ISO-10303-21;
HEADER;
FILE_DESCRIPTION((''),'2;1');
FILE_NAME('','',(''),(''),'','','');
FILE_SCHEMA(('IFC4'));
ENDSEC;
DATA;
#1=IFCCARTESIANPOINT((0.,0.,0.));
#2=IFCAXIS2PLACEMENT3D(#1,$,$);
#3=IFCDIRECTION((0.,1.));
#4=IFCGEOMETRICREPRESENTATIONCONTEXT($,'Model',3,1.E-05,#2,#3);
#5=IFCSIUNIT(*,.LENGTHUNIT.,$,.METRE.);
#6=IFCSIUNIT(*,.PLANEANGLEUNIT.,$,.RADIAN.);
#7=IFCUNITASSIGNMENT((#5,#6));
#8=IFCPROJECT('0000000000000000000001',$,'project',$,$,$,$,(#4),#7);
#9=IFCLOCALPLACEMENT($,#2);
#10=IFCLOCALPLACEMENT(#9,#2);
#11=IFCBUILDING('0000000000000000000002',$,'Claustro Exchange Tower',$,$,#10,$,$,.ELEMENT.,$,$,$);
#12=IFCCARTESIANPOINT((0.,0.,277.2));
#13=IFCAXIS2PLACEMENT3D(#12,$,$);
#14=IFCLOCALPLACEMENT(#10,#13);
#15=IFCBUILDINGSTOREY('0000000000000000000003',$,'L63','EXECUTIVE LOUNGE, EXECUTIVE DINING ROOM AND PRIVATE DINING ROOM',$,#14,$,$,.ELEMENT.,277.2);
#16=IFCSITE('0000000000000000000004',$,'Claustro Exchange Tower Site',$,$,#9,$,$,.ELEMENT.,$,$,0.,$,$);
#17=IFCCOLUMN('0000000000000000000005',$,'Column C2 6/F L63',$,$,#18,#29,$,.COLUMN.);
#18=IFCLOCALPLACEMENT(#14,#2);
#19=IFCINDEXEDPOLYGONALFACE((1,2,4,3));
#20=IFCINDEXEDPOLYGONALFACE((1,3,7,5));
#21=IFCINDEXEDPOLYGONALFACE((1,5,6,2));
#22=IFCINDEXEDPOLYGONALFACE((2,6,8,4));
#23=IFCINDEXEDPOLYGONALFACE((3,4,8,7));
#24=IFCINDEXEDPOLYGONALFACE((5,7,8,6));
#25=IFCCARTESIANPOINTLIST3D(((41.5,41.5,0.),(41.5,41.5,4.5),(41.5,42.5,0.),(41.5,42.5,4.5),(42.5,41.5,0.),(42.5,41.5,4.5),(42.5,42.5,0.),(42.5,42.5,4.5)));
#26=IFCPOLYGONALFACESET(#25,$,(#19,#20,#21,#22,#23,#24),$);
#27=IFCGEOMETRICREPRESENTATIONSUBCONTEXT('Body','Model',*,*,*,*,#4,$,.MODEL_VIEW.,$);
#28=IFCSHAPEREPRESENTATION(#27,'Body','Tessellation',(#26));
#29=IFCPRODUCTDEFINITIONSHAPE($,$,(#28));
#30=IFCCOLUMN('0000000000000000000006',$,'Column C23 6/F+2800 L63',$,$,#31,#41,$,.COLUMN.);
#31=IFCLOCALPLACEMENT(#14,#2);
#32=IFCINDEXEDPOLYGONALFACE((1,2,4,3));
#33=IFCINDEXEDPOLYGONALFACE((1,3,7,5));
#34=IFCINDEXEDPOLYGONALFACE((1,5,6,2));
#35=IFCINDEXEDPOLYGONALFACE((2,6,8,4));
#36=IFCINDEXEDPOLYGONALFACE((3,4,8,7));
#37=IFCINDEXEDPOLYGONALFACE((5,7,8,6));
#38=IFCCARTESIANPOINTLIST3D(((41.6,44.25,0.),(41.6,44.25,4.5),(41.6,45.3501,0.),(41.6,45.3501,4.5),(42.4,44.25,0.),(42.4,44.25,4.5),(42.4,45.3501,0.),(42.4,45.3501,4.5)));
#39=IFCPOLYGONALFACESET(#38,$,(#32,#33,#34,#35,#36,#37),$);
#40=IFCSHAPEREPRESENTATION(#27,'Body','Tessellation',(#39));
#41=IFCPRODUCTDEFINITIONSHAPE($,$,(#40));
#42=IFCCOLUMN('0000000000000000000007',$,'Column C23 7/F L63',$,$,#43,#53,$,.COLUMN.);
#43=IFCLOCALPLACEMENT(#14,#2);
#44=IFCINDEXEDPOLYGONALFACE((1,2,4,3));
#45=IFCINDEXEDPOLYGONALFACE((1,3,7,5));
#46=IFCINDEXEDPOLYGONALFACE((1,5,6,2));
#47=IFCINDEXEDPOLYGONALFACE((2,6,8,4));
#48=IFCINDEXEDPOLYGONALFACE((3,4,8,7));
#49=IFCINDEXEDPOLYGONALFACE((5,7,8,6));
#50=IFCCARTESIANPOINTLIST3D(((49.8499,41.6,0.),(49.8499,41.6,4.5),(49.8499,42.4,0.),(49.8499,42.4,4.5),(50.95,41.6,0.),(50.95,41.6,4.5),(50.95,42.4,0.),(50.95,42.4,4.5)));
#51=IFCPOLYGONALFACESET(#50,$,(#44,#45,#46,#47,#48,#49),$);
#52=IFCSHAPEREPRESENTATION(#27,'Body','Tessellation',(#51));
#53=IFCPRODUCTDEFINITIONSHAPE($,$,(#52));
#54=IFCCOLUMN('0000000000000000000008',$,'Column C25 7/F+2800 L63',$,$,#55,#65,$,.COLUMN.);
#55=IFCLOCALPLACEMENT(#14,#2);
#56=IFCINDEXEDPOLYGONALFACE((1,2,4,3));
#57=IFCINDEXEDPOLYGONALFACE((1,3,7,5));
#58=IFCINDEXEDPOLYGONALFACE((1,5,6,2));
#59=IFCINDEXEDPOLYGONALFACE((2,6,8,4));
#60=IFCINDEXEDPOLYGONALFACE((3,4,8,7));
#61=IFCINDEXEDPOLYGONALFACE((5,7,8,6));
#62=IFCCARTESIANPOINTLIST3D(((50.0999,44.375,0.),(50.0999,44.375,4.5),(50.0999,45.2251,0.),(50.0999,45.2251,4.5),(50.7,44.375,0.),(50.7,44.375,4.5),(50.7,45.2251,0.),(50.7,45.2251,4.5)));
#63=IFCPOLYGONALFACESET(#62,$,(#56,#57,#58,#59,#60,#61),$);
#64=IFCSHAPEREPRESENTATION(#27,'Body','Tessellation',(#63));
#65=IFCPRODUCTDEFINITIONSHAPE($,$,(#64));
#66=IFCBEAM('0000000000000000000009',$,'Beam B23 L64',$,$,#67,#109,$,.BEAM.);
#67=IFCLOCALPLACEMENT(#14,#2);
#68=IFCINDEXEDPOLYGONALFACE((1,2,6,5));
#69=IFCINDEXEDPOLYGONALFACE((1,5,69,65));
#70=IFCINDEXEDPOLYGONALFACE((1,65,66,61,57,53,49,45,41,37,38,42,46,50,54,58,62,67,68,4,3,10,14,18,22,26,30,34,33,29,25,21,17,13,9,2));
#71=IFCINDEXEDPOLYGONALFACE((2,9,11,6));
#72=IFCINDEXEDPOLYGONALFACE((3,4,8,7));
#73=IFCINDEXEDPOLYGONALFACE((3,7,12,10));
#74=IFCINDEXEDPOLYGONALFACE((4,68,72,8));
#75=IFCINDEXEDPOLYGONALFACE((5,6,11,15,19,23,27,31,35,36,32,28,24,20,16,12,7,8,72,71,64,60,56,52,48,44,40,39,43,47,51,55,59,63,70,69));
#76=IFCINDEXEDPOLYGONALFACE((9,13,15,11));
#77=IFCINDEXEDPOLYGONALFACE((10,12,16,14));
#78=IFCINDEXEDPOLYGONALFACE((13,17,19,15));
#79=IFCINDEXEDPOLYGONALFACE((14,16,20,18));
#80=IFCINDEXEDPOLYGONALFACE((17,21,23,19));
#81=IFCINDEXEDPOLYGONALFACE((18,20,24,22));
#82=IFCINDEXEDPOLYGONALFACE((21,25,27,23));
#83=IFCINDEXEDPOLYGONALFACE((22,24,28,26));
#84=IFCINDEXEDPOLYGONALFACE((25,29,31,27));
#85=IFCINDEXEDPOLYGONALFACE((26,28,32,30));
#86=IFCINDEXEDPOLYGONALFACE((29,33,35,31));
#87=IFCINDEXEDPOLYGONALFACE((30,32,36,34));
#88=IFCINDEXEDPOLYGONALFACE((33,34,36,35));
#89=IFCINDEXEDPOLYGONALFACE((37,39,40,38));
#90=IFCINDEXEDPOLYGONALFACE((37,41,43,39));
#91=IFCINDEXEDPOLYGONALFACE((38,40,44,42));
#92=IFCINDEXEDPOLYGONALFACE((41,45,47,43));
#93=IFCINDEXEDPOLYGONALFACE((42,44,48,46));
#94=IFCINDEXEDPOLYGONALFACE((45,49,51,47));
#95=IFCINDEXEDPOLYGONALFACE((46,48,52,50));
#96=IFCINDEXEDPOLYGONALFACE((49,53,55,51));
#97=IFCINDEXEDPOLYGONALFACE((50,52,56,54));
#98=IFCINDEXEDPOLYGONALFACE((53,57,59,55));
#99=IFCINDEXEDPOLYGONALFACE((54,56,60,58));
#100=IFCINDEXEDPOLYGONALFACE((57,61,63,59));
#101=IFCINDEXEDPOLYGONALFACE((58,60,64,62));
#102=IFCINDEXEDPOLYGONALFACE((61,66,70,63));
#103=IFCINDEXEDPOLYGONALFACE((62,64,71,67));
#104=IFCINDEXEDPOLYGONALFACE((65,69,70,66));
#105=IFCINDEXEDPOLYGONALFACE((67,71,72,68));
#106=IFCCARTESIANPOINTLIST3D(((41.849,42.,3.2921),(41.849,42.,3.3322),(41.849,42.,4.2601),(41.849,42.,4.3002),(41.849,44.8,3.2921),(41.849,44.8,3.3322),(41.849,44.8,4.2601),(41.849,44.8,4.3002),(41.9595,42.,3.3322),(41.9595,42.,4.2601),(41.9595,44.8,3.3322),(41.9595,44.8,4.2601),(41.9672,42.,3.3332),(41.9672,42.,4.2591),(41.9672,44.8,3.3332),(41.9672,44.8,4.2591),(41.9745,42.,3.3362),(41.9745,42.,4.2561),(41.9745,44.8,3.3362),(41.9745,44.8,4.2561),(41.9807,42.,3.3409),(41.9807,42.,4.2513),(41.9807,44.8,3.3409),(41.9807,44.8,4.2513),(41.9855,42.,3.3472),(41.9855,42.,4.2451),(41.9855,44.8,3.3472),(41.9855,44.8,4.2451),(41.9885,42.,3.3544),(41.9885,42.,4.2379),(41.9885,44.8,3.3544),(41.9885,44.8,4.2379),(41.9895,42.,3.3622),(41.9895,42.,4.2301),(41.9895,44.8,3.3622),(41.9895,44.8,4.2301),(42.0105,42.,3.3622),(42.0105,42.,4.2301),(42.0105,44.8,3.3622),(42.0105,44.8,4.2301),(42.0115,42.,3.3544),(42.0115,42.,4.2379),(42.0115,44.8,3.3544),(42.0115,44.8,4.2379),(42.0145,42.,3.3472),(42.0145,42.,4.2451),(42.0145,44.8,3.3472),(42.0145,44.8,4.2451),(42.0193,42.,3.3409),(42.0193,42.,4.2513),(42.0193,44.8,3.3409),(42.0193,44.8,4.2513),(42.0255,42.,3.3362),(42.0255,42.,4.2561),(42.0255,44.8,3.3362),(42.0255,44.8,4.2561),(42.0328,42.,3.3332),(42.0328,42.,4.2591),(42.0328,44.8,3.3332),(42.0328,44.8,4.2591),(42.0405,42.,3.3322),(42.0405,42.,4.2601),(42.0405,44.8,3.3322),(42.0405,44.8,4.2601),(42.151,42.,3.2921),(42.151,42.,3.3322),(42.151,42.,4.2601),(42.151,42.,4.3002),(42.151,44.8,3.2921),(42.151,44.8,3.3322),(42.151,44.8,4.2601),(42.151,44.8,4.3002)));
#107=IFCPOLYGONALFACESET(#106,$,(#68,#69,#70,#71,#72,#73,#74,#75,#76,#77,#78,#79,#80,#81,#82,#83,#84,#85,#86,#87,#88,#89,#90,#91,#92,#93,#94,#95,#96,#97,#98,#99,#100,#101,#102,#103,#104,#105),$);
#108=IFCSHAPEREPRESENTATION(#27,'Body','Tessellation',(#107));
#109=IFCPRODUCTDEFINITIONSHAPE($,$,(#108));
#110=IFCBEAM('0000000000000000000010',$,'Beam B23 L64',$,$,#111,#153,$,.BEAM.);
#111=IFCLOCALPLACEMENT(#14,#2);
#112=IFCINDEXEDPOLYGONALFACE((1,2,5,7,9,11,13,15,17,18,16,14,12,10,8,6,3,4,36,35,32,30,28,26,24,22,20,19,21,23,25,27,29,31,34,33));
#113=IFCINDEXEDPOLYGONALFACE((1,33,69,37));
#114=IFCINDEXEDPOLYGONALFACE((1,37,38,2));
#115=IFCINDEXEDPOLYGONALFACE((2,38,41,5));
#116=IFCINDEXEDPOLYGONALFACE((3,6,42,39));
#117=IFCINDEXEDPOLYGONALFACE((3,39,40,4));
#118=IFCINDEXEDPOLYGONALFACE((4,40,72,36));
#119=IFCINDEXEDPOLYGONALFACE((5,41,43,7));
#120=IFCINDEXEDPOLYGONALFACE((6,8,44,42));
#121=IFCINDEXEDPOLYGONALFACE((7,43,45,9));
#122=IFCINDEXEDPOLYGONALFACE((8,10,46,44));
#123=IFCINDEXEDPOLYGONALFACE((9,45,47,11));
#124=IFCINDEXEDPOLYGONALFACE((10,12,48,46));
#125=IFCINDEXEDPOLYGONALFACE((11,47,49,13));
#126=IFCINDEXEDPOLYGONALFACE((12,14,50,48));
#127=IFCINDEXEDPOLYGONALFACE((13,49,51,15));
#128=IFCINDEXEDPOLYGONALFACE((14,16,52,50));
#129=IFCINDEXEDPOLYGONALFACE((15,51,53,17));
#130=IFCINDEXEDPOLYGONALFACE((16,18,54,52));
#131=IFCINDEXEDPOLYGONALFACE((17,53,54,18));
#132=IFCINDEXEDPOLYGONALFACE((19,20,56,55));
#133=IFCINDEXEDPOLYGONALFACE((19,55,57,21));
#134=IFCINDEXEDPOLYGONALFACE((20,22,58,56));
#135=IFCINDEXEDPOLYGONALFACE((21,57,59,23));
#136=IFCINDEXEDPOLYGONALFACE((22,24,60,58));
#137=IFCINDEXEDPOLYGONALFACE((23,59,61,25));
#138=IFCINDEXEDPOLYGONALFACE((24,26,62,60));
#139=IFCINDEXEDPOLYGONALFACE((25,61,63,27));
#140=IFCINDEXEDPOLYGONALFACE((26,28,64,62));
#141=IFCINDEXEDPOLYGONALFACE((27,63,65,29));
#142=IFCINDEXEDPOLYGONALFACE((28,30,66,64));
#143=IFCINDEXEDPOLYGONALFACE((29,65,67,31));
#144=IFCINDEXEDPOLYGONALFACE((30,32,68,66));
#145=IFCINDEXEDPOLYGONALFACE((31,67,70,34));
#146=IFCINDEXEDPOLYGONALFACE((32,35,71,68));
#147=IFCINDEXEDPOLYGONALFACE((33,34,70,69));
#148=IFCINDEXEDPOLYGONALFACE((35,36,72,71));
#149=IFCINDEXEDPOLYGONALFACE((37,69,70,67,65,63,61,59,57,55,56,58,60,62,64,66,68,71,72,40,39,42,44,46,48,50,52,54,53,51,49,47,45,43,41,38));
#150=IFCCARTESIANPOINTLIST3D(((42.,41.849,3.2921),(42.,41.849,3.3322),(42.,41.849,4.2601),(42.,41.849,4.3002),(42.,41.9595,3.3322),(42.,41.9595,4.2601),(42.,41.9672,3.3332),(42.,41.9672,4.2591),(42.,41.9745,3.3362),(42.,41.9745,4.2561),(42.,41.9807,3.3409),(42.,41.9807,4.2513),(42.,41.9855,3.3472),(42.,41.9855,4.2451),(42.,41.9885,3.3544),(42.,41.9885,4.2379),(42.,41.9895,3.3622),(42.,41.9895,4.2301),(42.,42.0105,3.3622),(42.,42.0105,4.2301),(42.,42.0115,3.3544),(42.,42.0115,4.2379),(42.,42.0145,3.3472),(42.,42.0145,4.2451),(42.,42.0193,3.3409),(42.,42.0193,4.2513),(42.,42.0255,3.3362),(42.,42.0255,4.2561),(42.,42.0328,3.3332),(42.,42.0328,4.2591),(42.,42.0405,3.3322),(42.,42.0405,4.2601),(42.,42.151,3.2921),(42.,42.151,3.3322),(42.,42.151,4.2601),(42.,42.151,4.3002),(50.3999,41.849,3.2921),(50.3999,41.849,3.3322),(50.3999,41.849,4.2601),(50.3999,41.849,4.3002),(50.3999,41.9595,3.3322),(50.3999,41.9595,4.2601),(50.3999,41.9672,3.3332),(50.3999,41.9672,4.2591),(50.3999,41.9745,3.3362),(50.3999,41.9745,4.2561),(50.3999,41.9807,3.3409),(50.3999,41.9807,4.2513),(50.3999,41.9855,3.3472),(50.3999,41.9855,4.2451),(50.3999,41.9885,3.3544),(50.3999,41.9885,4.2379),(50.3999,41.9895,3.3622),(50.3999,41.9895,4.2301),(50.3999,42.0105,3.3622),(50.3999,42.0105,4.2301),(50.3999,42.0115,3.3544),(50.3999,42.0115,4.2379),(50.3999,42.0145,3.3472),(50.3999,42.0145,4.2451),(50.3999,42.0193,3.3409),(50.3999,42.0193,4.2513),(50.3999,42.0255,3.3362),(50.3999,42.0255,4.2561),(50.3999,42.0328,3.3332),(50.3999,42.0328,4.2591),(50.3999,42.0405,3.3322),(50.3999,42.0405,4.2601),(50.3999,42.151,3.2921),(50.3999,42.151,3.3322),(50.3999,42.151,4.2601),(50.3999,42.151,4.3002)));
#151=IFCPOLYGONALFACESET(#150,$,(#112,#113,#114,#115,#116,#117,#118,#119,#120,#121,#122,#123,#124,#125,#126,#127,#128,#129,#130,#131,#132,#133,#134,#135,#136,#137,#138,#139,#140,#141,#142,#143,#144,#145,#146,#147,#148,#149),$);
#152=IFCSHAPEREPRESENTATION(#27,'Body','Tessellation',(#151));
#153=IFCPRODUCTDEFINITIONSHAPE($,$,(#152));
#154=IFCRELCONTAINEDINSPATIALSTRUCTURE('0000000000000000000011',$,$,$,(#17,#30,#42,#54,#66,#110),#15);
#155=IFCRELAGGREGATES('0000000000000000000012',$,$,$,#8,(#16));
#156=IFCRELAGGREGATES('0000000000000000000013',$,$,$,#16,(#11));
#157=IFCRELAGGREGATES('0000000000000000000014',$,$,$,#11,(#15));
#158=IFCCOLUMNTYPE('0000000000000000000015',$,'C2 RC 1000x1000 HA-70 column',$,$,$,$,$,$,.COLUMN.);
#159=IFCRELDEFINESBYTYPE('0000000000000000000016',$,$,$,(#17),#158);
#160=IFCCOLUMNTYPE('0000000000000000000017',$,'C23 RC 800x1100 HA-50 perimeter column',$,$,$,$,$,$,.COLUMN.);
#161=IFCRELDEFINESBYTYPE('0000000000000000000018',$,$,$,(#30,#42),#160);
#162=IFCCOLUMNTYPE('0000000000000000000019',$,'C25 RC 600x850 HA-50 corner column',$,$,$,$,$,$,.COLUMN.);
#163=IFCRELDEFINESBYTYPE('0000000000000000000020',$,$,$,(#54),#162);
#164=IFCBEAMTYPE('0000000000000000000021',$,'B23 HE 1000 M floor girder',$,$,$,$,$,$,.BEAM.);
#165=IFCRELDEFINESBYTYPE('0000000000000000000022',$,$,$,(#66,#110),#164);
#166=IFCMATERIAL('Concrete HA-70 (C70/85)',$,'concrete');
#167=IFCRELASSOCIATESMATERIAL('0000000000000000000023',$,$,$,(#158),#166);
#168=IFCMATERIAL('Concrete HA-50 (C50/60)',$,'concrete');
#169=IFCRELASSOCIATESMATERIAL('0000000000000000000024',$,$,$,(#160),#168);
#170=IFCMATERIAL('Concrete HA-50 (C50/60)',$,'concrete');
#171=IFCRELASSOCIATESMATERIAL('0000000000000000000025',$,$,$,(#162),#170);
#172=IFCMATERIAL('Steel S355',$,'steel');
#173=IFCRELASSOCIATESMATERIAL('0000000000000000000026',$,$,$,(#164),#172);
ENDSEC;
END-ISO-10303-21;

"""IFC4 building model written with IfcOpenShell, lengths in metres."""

from ifc_helpers import new_model, si_unit, direction, frame, origin, origin_2d, place, context, subcontext, project, spatial, rectangle, i_section, extrude, material, material_profile, profile_set, type_object, element, save


model = new_model("IFC4")

# Units and contexts
model_context = context("Model", 3, precision=1e-05, world=origin(), true_north=direction((0.0, 1.0)))
body_context = subcontext(model_context, "Body", "Model", "MODEL_VIEW")
ifc_project = project(units=[si_unit("LENGTHUNIT", "METRE"), si_unit("PLANEANGLEUNIT", "RADIAN")], contexts=[model_context])

# Site, building, storey
site_placement = place(None, origin())
site = spatial("IfcSite", under=ifc_project, at=site_placement, Name="Claustro Exchange Tower Site", CompositionType="ELEMENT", RefElevation=0.0)
building_placement = place(site_placement, origin())
building = spatial("IfcBuilding", under=site, at=building_placement, Name="Claustro Exchange Tower", CompositionType="ELEMENT")
storey_placement = place(building_placement, frame((0.0, 0.0, 277.2)))
storey = spatial("IfcBuildingStorey", under=building, at=storey_placement, Name="L63", Description="EXECUTIVE LOUNGE, EXECUTIVE DINING ROOM AND PRIVATE DINING ROOM", CompositionType="ELEMENT", Elevation=277.2)

# Columns
ifc_material_1 = material(Name="Concrete HA-70 (C70/85)", Category="concrete")
ifc_material_profile_1 = material_profile(ifc_material_1, rectangle(XDim=1.0, YDim=1.0, at=origin_2d()), Name="RC 1000x1000")
ifc_profile_set_1 = profile_set([ifc_material_profile_1], Name="Concrete HA-70 (C70/85)")
column_type_1 = type_object("IfcColumnType", Name="C2 RC 1000x1000 HA-70 column", PredefinedType="COLUMN", material=ifc_profile_set_1)
column_1_placement = place(storey_placement, frame((42.0, 42.0, 0.0), z_axis=(0.0, 0.0, 1.0), x_axis=(1.0, 0.0, 0.0)))
element("IfcColumn", 1, at=column_1_placement, inside=storey, type_object=column_type_1, Name="Column C2 6/F L63", PredefinedType="COLUMN", context=body_context, shape_type="SweptSolid", body=[
    extrude(rectangle(XDim=1.0, YDim=1.0, at=origin_2d()), origin(), (0.0, 0.0, 1.0), 4.5),
])
ifc_material_2 = material(Name="Concrete HA-50 (C50/60)", Category="concrete")
ifc_material_profile_2 = material_profile(ifc_material_2, rectangle(XDim=0.8, YDim=1.1001, at=origin_2d()), Name="RC 800x1100")
ifc_profile_set_2 = profile_set([ifc_material_profile_2], Name="Concrete HA-50 (C50/60)")
column_type_2 = type_object("IfcColumnType", Name="C23 RC 800x1100 HA-50 perimeter column", PredefinedType="COLUMN", material=ifc_profile_set_2)
for number, where, z_axis, x_axis, name in (
    (2, (42.0, 44.8, 0.0), (0.0, 0.0, 1.0), (1.0, 0.0, 0.0), "Column C23 6/F+2800 L63"),
    (3, (50.3999, 42.0, 0.0), (0.0, 0.0, 1.0), (0.0, 1.0, 0.0), "Column C23 7/F L63"),
):
    element("IfcColumn", number, at=place(storey_placement, frame(where, z_axis=z_axis, x_axis=x_axis)), inside=storey, type_object=column_type_2, Name=name, PredefinedType="COLUMN", context=body_context, shape_type="SweptSolid", body=[
        extrude(rectangle(XDim=0.8, YDim=1.1001, at=origin_2d()), origin(), (0.0, 0.0, 1.0), 4.5),
    ])
ifc_material_3 = material(Name="Concrete HA-50 (C50/60)", Category="concrete")
ifc_material_profile_3 = material_profile(ifc_material_3, rectangle(XDim=0.6001, YDim=0.8501, at=origin_2d()), Name="RC 600x850")
ifc_profile_set_3 = profile_set([ifc_material_profile_3], Name="Concrete HA-50 (C50/60)")
column_type_3 = type_object("IfcColumnType", Name="C25 RC 600x850 HA-50 corner column", PredefinedType="COLUMN", material=ifc_profile_set_3)
column_2_placement = place(storey_placement, frame((50.3999, 44.8, 0.0), z_axis=(0.0, 0.0, 1.0), x_axis=(1.0, 0.0, 0.0)))
element("IfcColumn", 4, at=column_2_placement, inside=storey, type_object=column_type_3, Name="Column C25 7/F+2800 L63", PredefinedType="COLUMN", context=body_context, shape_type="SweptSolid", body=[
    extrude(rectangle(XDim=0.6001, YDim=0.8501, at=origin_2d()), origin(), (0.0, 0.0, 1.0), 4.5),
])

# Beams
ifc_material_4 = material(Name="Steel S355", Category="steel")
ifc_material_profile_4 = material_profile(ifc_material_4, i_section(OverallWidth=0.302, OverallDepth=1.0081, WebThickness=0.021, FlangeThickness=0.04, FilletRadius=0.03, at=origin_2d()), Name="HE 1000 M")
ifc_profile_set_4 = profile_set([ifc_material_profile_4], Name="Steel S355")
beam_type_1 = type_object("IfcBeamType", Name="B23 HE 1000 M floor girder", PredefinedType="BEAM", material=ifc_profile_set_4)
beam_1_placement = place(storey_placement, frame((42.0, 42.0, 3.7961), z_axis=(0.0, 1.0, 0.0), x_axis=(-1.0, 0.0, 0.0)))
element("IfcBeam", 5, at=beam_1_placement, inside=storey, type_object=beam_type_1, Name="Beam B23 L64", PredefinedType="BEAM", context=body_context, shape_type="SweptSolid", body=[
    extrude(i_section(OverallWidth=0.302, OverallDepth=1.0081, WebThickness=0.021, FlangeThickness=0.04, FilletRadius=0.03, at=origin_2d()), origin(), (0.0, 0.0, 1.0), 2.8),
])
beam_2_placement = place(storey_placement, frame((42.0, 42.0, 3.7961), z_axis=(1.0, 0.0, 0.0), x_axis=(0.0, 1.0, 0.0)))
element("IfcBeam", 6, at=beam_2_placement, inside=storey, type_object=beam_type_1, Name="Beam B23 L64", PredefinedType="BEAM", context=body_context, shape_type="SweptSolid", body=[
    extrude(i_section(OverallWidth=0.302, OverallDepth=1.0081, WebThickness=0.021, FlangeThickness=0.04, FilletRadius=0.03, at=origin_2d()), origin(), (0.0, 0.0, 1.0), 8.3999),
])

save(model, "model.ifc")
